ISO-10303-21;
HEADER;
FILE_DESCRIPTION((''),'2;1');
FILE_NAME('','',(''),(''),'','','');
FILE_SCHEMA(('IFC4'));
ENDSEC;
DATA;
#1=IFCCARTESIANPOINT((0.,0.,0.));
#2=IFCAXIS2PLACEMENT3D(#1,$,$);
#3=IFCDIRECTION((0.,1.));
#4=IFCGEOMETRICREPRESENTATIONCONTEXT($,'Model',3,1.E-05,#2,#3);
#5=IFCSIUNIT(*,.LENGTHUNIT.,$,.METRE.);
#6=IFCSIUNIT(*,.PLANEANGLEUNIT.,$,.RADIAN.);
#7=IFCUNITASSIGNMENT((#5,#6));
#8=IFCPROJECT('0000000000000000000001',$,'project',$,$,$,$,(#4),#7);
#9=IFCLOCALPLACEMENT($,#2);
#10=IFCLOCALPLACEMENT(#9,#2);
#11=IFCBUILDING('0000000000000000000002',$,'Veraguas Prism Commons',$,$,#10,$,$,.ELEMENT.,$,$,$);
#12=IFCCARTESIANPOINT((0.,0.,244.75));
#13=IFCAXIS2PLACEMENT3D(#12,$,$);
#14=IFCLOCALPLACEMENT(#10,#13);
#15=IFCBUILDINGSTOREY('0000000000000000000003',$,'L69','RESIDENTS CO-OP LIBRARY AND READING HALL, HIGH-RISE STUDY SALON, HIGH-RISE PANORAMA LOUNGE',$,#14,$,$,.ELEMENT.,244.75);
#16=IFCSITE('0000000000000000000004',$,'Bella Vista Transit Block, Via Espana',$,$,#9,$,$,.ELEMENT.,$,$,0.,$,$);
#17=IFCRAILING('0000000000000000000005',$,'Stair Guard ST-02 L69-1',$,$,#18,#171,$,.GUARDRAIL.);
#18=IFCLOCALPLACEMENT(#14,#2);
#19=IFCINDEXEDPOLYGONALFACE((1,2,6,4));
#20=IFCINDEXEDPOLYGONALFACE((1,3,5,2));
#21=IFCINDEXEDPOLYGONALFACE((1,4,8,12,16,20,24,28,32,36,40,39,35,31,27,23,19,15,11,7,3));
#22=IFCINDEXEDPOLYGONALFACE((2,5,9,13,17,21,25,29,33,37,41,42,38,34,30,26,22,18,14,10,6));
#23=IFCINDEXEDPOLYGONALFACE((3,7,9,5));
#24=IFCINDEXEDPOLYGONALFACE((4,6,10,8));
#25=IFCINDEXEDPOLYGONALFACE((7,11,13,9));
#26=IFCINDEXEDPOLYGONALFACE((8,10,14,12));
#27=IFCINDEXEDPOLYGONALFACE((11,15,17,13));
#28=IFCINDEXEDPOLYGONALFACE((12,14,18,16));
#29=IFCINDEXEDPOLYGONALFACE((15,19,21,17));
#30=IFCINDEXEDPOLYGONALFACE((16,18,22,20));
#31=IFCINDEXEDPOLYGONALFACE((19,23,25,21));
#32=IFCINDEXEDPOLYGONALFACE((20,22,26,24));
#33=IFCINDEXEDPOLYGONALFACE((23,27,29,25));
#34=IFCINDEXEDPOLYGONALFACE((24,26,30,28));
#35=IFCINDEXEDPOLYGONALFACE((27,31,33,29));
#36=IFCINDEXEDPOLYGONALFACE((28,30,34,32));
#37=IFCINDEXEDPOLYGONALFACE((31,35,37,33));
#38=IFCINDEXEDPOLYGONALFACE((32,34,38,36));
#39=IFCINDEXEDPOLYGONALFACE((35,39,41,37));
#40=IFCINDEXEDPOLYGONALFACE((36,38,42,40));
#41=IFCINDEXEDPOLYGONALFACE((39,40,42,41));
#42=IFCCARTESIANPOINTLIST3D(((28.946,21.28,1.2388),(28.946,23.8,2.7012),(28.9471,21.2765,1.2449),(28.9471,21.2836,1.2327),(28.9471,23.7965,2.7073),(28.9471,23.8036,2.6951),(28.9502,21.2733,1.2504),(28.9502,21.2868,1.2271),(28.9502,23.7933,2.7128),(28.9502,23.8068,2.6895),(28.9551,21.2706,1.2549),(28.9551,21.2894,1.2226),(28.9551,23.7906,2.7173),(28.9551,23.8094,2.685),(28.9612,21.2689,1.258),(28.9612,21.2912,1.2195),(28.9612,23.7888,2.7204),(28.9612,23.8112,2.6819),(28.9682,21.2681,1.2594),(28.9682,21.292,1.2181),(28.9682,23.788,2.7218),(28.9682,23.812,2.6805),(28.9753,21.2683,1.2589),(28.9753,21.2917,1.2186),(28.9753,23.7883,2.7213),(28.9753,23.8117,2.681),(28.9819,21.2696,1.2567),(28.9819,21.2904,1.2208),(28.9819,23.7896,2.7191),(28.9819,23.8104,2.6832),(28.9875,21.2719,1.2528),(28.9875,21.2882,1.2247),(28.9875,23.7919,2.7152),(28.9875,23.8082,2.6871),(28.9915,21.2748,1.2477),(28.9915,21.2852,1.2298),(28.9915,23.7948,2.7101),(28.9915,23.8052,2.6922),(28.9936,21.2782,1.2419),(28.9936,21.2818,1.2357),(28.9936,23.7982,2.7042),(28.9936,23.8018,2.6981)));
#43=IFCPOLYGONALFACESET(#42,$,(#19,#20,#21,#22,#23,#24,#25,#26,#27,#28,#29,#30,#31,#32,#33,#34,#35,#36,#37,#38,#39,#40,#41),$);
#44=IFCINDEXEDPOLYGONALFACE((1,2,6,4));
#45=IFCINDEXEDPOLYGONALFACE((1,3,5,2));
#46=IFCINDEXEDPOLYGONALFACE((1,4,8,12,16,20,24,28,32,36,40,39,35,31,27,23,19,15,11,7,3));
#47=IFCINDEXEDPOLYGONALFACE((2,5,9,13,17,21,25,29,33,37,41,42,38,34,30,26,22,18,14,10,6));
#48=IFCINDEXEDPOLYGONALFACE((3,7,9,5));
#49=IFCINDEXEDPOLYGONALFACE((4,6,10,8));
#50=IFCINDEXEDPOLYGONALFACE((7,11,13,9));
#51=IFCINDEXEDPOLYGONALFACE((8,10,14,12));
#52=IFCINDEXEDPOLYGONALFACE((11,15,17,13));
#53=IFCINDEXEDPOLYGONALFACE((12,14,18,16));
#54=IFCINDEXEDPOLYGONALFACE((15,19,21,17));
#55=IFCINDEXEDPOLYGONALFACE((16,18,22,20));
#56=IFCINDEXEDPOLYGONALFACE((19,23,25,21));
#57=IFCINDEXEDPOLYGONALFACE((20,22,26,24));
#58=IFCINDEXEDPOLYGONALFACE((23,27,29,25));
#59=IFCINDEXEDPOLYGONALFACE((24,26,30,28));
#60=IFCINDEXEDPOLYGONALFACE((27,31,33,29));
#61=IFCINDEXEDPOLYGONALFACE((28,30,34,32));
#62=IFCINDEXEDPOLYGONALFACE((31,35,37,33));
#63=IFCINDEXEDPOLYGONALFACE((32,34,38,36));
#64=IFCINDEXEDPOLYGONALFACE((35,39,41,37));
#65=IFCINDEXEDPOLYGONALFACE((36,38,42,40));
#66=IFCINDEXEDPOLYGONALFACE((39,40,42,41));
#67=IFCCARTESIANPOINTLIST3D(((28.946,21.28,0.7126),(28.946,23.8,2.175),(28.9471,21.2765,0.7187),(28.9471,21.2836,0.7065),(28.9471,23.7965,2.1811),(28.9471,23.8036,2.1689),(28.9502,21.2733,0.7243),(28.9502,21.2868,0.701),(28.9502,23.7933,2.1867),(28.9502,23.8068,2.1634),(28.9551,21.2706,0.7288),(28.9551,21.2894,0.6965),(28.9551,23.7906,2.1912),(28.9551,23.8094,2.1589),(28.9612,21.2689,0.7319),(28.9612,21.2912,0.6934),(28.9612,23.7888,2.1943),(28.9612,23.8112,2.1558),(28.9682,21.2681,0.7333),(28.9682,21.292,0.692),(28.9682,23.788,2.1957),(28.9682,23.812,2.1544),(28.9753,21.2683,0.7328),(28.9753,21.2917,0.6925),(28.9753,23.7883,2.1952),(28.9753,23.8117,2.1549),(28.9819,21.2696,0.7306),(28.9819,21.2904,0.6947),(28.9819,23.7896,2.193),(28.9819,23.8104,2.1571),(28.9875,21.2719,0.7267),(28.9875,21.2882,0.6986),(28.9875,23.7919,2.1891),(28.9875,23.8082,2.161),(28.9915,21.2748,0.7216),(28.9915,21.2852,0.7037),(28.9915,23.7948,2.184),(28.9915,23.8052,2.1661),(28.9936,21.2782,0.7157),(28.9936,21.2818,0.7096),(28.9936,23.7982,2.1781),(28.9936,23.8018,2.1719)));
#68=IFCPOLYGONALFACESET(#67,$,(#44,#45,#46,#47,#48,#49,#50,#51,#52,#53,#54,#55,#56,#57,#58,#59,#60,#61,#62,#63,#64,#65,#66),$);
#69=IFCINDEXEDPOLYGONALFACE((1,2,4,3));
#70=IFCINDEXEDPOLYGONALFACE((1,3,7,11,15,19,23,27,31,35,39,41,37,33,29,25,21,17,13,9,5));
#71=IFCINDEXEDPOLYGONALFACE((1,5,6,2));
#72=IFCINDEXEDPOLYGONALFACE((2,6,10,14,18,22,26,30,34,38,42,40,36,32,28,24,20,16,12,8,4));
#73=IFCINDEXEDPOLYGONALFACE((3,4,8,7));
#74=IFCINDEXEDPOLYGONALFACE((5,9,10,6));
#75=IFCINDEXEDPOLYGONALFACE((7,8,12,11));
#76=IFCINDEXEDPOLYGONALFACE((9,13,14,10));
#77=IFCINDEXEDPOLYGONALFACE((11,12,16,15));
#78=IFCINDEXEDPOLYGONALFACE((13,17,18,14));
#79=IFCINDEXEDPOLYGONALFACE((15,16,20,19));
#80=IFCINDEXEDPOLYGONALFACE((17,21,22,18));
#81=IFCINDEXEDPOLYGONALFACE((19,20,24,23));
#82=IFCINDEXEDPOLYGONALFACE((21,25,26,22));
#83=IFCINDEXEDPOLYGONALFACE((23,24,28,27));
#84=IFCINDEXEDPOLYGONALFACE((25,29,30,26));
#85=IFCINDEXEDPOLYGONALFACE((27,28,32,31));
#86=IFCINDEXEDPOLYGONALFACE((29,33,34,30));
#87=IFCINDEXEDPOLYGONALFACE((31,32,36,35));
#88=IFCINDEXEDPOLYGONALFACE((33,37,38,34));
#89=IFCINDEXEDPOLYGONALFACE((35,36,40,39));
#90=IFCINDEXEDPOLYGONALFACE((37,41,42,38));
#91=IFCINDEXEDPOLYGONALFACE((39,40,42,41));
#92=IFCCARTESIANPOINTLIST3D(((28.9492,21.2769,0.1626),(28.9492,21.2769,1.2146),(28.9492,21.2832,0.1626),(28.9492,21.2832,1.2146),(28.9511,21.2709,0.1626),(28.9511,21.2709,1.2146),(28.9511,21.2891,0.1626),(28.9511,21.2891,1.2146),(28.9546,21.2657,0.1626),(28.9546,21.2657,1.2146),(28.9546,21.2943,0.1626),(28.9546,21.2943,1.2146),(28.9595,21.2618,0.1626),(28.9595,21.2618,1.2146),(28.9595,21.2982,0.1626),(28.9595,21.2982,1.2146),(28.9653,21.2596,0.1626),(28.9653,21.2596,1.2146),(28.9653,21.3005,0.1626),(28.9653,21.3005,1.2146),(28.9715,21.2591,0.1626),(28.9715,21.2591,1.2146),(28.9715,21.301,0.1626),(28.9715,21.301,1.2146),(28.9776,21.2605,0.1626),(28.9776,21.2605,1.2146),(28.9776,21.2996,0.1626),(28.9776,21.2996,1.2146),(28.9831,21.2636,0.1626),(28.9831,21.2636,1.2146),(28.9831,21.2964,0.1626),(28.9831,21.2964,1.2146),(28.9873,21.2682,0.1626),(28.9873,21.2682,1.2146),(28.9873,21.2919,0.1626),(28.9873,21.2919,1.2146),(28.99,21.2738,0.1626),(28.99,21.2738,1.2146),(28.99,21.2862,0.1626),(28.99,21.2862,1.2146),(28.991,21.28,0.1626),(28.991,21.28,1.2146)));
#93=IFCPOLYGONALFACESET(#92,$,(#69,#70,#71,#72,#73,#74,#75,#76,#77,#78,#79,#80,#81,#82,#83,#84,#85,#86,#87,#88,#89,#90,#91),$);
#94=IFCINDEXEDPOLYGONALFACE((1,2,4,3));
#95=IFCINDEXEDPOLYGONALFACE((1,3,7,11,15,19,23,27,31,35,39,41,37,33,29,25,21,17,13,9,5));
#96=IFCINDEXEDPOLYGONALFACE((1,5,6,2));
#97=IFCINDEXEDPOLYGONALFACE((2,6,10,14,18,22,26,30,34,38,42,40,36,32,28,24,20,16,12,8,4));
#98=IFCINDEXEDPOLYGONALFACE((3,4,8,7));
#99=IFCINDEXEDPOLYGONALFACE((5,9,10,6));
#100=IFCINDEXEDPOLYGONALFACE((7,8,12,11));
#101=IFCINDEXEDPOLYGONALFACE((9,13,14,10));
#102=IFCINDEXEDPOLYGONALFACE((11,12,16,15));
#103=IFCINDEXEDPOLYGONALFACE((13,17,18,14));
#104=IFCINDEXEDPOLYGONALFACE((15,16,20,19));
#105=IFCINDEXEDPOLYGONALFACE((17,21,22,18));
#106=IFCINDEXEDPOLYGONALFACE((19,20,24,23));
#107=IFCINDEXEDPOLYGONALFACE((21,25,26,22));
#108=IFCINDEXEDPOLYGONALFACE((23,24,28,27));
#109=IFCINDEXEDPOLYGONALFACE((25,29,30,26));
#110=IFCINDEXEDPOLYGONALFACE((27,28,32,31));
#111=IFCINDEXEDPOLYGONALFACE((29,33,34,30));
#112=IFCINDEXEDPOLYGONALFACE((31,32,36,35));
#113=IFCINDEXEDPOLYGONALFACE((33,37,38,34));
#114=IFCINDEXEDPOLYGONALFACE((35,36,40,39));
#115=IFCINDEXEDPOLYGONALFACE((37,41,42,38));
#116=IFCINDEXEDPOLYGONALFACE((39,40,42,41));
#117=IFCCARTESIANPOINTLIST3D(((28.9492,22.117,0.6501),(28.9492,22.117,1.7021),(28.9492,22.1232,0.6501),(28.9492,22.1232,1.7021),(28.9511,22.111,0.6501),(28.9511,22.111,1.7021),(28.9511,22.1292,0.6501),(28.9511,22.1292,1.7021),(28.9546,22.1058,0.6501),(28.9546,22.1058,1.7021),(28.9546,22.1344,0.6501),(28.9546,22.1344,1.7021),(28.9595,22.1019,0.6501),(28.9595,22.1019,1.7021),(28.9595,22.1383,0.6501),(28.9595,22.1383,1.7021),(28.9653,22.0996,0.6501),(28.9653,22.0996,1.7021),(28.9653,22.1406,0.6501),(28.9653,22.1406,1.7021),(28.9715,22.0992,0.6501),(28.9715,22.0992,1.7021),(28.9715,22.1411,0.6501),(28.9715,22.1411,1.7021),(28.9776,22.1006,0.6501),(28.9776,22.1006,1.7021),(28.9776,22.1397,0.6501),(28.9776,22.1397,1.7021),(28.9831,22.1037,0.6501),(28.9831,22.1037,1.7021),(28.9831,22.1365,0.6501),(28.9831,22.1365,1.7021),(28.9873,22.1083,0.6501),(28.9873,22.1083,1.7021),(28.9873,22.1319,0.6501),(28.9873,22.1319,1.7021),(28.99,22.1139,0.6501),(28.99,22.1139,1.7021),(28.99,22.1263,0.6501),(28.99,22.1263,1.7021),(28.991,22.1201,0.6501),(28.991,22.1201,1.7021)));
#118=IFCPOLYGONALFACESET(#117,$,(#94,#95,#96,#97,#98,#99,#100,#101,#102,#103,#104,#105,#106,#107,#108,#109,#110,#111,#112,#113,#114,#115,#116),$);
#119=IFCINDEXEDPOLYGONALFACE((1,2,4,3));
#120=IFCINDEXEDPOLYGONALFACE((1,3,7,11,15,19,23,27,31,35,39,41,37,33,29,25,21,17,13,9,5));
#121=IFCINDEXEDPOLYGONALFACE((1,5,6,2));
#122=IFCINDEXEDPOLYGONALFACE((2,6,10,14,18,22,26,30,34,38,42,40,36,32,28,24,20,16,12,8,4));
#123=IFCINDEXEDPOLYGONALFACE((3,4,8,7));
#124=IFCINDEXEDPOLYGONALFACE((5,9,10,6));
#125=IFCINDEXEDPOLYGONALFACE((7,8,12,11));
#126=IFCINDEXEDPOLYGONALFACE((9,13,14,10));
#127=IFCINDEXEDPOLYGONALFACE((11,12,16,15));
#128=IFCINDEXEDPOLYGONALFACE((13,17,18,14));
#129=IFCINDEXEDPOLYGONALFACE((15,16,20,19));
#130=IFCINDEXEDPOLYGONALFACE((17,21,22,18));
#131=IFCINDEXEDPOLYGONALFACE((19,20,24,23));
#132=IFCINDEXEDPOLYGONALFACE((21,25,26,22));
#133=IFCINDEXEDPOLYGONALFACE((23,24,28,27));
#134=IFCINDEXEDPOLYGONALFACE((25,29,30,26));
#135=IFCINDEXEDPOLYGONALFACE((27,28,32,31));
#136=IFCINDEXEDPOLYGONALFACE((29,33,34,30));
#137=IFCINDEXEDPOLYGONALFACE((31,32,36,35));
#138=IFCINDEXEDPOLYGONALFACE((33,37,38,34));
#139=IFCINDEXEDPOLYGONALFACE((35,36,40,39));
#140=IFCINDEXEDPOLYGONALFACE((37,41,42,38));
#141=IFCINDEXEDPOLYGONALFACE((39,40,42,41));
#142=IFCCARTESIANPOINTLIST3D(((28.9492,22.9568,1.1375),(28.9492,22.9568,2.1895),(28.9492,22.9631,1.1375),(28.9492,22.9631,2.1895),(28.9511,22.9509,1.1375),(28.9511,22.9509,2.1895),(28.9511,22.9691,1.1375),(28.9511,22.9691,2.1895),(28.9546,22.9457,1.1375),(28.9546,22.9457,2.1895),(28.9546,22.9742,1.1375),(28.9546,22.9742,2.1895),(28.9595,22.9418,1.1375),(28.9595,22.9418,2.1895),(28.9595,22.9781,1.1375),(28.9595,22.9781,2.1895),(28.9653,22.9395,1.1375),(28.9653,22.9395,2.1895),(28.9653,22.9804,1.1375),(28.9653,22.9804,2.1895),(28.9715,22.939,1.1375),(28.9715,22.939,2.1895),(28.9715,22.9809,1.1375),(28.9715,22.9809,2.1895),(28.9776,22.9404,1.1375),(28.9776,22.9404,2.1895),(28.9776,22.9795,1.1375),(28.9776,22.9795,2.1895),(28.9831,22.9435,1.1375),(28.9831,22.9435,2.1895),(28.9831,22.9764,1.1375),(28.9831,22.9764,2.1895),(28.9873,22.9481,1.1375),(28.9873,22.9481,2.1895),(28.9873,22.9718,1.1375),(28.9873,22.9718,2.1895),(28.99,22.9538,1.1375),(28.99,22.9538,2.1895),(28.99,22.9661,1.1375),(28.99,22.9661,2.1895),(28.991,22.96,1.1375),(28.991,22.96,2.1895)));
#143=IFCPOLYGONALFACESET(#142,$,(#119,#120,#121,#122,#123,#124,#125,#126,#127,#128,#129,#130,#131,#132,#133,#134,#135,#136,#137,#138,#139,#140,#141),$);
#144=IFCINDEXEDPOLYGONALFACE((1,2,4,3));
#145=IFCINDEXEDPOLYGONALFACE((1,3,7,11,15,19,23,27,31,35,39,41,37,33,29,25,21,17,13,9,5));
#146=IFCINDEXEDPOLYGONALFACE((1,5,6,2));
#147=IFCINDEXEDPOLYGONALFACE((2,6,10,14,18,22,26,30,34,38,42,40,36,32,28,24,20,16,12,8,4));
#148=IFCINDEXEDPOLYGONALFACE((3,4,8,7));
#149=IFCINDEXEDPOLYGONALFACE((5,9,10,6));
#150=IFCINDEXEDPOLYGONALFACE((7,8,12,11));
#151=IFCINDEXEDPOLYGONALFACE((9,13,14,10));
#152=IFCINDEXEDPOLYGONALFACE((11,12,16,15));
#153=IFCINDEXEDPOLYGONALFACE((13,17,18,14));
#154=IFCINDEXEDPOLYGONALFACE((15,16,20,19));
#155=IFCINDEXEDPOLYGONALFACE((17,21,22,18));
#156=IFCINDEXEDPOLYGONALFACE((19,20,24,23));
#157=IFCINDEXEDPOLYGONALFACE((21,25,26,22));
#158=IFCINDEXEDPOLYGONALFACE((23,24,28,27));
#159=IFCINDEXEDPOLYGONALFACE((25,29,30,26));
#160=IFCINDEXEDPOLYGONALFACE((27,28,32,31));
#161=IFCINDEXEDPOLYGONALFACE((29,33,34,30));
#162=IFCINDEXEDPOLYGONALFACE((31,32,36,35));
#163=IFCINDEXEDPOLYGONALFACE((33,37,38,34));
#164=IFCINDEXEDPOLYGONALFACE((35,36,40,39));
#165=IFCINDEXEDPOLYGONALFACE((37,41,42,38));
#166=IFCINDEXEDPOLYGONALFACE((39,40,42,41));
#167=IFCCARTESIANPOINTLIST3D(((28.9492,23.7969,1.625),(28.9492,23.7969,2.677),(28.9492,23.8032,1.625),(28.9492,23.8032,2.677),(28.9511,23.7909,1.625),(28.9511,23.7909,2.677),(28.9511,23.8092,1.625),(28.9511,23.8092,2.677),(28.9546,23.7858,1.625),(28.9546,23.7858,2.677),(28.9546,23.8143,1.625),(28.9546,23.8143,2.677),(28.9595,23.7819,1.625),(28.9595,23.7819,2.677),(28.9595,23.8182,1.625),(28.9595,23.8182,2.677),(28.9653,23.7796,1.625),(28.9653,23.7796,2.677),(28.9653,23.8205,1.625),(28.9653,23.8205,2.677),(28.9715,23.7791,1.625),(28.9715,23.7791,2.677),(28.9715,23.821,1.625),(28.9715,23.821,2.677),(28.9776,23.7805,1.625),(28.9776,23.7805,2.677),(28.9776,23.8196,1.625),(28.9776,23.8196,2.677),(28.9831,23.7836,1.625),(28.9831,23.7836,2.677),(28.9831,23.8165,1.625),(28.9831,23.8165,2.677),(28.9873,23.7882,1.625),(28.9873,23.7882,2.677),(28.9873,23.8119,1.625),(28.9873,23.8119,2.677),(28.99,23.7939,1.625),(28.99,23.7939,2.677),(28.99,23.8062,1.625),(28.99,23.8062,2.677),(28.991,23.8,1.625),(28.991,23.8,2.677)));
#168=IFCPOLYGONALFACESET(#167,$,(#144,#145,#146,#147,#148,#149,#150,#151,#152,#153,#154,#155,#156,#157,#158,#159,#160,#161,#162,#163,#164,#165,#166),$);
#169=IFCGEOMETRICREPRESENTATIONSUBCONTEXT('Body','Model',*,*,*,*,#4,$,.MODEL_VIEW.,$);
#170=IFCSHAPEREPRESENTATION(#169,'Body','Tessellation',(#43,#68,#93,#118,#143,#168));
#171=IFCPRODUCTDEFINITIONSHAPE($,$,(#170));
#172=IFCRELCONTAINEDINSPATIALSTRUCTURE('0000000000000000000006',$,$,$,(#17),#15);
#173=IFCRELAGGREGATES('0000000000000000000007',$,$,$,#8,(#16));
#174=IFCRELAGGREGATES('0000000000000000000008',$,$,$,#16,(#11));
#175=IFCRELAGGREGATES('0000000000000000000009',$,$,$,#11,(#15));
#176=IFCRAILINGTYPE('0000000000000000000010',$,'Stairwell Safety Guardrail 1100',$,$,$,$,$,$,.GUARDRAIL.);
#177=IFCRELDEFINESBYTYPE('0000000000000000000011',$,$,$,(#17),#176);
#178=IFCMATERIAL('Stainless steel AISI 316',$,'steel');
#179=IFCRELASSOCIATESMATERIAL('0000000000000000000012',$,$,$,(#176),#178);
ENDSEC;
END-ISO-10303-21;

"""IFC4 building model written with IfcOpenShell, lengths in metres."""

from ifc_helpers import new_model, si_unit, direction, frame, origin, origin_2d, place, context, subcontext, project, spatial, circle, extrude, material, type_object, element, save


model = new_model("IFC4")

# Units and contexts
model_context = context("Model", 3, precision=1e-05, world=origin(), true_north=direction((0.0, 1.0)))
body_context = subcontext(model_context, "Body", "Model", "MODEL_VIEW")
ifc_project = project(units=[si_unit("LENGTHUNIT", "METRE"), si_unit("PLANEANGLEUNIT", "RADIAN")], contexts=[model_context])

# Site, building, storey
site_placement = place(None, origin())
site = spatial("IfcSite", under=ifc_project, at=site_placement, Name="Bella Vista Transit Block, Via Espana", CompositionType="ELEMENT", RefElevation=0.0)
building_placement = place(site_placement, origin())
building = spatial("IfcBuilding", under=site, at=building_placement, Name="Veraguas Prism Commons", CompositionType="ELEMENT")
storey_placement = place(building_placement, frame((0.0, 0.0, 244.75)))
storey = spatial("IfcBuildingStorey", under=building, at=storey_placement, Name="L69", Description="RESIDENTS CO-OP LIBRARY AND READING HALL, HIGH-RISE STUDY SALON, HIGH-RISE PANORAMA LOUNGE", CompositionType="ELEMENT", Elevation=244.75)

# Shared definitions
ifc_material_1 = material(Name="Stainless steel AISI 316", Category="steel")

# Railing
railing_type_1 = type_object("IfcRailingType", Name="Stairwell Safety Guardrail 1100", PredefinedType="GUARDRAIL", material=ifc_material_1)
railing_1_placement = place(storey_placement, frame((28.97, 21.28, 0.1626)))
element("IfcRailing", 1, at=railing_1_placement, inside=storey, type_object=railing_type_1, Name="Stair Guard ST-02 L69-1", PredefinedType="GUARDRAIL", context=body_context, shape_type="SweptSolid", body=[
    extrude(circle(Radius=0.0239, at=origin_2d()), frame((0.0, 0.0, 1.0762), z_axis=(0.0, 0.864913, 0.501921), x_axis=(-1.0, 0.0, 0.0)), (0.0, 0.0, 1.0), 2.9136),
    extrude(circle(Radius=0.0239, at=origin_2d()), frame((0.0, 0.0, 0.55), z_axis=(0.0, 0.864913, 0.501921), x_axis=(-1.0, 0.0, 0.0)), (0.0, 0.0, 1.0), 2.9136),
    extrude(circle(Radius=0.021, at=origin_2d()), origin(), (0.0, 0.0, 1.0), 1.052),
    extrude(circle(Radius=0.021, at=origin_2d()), frame((0.0, 0.8401, 0.4875)), (0.0, 0.0, 1.0), 1.052),
    extrude(circle(Radius=0.021, at=origin_2d()), frame((0.0, 1.6799, 0.9749)), (0.0, 0.0, 1.0), 1.052),
    extrude(circle(Radius=0.021, at=origin_2d()), frame((0.0, 2.52, 1.4624)), (0.0, 0.0, 1.0), 1.052),
])

save(model, "model.ifc")
